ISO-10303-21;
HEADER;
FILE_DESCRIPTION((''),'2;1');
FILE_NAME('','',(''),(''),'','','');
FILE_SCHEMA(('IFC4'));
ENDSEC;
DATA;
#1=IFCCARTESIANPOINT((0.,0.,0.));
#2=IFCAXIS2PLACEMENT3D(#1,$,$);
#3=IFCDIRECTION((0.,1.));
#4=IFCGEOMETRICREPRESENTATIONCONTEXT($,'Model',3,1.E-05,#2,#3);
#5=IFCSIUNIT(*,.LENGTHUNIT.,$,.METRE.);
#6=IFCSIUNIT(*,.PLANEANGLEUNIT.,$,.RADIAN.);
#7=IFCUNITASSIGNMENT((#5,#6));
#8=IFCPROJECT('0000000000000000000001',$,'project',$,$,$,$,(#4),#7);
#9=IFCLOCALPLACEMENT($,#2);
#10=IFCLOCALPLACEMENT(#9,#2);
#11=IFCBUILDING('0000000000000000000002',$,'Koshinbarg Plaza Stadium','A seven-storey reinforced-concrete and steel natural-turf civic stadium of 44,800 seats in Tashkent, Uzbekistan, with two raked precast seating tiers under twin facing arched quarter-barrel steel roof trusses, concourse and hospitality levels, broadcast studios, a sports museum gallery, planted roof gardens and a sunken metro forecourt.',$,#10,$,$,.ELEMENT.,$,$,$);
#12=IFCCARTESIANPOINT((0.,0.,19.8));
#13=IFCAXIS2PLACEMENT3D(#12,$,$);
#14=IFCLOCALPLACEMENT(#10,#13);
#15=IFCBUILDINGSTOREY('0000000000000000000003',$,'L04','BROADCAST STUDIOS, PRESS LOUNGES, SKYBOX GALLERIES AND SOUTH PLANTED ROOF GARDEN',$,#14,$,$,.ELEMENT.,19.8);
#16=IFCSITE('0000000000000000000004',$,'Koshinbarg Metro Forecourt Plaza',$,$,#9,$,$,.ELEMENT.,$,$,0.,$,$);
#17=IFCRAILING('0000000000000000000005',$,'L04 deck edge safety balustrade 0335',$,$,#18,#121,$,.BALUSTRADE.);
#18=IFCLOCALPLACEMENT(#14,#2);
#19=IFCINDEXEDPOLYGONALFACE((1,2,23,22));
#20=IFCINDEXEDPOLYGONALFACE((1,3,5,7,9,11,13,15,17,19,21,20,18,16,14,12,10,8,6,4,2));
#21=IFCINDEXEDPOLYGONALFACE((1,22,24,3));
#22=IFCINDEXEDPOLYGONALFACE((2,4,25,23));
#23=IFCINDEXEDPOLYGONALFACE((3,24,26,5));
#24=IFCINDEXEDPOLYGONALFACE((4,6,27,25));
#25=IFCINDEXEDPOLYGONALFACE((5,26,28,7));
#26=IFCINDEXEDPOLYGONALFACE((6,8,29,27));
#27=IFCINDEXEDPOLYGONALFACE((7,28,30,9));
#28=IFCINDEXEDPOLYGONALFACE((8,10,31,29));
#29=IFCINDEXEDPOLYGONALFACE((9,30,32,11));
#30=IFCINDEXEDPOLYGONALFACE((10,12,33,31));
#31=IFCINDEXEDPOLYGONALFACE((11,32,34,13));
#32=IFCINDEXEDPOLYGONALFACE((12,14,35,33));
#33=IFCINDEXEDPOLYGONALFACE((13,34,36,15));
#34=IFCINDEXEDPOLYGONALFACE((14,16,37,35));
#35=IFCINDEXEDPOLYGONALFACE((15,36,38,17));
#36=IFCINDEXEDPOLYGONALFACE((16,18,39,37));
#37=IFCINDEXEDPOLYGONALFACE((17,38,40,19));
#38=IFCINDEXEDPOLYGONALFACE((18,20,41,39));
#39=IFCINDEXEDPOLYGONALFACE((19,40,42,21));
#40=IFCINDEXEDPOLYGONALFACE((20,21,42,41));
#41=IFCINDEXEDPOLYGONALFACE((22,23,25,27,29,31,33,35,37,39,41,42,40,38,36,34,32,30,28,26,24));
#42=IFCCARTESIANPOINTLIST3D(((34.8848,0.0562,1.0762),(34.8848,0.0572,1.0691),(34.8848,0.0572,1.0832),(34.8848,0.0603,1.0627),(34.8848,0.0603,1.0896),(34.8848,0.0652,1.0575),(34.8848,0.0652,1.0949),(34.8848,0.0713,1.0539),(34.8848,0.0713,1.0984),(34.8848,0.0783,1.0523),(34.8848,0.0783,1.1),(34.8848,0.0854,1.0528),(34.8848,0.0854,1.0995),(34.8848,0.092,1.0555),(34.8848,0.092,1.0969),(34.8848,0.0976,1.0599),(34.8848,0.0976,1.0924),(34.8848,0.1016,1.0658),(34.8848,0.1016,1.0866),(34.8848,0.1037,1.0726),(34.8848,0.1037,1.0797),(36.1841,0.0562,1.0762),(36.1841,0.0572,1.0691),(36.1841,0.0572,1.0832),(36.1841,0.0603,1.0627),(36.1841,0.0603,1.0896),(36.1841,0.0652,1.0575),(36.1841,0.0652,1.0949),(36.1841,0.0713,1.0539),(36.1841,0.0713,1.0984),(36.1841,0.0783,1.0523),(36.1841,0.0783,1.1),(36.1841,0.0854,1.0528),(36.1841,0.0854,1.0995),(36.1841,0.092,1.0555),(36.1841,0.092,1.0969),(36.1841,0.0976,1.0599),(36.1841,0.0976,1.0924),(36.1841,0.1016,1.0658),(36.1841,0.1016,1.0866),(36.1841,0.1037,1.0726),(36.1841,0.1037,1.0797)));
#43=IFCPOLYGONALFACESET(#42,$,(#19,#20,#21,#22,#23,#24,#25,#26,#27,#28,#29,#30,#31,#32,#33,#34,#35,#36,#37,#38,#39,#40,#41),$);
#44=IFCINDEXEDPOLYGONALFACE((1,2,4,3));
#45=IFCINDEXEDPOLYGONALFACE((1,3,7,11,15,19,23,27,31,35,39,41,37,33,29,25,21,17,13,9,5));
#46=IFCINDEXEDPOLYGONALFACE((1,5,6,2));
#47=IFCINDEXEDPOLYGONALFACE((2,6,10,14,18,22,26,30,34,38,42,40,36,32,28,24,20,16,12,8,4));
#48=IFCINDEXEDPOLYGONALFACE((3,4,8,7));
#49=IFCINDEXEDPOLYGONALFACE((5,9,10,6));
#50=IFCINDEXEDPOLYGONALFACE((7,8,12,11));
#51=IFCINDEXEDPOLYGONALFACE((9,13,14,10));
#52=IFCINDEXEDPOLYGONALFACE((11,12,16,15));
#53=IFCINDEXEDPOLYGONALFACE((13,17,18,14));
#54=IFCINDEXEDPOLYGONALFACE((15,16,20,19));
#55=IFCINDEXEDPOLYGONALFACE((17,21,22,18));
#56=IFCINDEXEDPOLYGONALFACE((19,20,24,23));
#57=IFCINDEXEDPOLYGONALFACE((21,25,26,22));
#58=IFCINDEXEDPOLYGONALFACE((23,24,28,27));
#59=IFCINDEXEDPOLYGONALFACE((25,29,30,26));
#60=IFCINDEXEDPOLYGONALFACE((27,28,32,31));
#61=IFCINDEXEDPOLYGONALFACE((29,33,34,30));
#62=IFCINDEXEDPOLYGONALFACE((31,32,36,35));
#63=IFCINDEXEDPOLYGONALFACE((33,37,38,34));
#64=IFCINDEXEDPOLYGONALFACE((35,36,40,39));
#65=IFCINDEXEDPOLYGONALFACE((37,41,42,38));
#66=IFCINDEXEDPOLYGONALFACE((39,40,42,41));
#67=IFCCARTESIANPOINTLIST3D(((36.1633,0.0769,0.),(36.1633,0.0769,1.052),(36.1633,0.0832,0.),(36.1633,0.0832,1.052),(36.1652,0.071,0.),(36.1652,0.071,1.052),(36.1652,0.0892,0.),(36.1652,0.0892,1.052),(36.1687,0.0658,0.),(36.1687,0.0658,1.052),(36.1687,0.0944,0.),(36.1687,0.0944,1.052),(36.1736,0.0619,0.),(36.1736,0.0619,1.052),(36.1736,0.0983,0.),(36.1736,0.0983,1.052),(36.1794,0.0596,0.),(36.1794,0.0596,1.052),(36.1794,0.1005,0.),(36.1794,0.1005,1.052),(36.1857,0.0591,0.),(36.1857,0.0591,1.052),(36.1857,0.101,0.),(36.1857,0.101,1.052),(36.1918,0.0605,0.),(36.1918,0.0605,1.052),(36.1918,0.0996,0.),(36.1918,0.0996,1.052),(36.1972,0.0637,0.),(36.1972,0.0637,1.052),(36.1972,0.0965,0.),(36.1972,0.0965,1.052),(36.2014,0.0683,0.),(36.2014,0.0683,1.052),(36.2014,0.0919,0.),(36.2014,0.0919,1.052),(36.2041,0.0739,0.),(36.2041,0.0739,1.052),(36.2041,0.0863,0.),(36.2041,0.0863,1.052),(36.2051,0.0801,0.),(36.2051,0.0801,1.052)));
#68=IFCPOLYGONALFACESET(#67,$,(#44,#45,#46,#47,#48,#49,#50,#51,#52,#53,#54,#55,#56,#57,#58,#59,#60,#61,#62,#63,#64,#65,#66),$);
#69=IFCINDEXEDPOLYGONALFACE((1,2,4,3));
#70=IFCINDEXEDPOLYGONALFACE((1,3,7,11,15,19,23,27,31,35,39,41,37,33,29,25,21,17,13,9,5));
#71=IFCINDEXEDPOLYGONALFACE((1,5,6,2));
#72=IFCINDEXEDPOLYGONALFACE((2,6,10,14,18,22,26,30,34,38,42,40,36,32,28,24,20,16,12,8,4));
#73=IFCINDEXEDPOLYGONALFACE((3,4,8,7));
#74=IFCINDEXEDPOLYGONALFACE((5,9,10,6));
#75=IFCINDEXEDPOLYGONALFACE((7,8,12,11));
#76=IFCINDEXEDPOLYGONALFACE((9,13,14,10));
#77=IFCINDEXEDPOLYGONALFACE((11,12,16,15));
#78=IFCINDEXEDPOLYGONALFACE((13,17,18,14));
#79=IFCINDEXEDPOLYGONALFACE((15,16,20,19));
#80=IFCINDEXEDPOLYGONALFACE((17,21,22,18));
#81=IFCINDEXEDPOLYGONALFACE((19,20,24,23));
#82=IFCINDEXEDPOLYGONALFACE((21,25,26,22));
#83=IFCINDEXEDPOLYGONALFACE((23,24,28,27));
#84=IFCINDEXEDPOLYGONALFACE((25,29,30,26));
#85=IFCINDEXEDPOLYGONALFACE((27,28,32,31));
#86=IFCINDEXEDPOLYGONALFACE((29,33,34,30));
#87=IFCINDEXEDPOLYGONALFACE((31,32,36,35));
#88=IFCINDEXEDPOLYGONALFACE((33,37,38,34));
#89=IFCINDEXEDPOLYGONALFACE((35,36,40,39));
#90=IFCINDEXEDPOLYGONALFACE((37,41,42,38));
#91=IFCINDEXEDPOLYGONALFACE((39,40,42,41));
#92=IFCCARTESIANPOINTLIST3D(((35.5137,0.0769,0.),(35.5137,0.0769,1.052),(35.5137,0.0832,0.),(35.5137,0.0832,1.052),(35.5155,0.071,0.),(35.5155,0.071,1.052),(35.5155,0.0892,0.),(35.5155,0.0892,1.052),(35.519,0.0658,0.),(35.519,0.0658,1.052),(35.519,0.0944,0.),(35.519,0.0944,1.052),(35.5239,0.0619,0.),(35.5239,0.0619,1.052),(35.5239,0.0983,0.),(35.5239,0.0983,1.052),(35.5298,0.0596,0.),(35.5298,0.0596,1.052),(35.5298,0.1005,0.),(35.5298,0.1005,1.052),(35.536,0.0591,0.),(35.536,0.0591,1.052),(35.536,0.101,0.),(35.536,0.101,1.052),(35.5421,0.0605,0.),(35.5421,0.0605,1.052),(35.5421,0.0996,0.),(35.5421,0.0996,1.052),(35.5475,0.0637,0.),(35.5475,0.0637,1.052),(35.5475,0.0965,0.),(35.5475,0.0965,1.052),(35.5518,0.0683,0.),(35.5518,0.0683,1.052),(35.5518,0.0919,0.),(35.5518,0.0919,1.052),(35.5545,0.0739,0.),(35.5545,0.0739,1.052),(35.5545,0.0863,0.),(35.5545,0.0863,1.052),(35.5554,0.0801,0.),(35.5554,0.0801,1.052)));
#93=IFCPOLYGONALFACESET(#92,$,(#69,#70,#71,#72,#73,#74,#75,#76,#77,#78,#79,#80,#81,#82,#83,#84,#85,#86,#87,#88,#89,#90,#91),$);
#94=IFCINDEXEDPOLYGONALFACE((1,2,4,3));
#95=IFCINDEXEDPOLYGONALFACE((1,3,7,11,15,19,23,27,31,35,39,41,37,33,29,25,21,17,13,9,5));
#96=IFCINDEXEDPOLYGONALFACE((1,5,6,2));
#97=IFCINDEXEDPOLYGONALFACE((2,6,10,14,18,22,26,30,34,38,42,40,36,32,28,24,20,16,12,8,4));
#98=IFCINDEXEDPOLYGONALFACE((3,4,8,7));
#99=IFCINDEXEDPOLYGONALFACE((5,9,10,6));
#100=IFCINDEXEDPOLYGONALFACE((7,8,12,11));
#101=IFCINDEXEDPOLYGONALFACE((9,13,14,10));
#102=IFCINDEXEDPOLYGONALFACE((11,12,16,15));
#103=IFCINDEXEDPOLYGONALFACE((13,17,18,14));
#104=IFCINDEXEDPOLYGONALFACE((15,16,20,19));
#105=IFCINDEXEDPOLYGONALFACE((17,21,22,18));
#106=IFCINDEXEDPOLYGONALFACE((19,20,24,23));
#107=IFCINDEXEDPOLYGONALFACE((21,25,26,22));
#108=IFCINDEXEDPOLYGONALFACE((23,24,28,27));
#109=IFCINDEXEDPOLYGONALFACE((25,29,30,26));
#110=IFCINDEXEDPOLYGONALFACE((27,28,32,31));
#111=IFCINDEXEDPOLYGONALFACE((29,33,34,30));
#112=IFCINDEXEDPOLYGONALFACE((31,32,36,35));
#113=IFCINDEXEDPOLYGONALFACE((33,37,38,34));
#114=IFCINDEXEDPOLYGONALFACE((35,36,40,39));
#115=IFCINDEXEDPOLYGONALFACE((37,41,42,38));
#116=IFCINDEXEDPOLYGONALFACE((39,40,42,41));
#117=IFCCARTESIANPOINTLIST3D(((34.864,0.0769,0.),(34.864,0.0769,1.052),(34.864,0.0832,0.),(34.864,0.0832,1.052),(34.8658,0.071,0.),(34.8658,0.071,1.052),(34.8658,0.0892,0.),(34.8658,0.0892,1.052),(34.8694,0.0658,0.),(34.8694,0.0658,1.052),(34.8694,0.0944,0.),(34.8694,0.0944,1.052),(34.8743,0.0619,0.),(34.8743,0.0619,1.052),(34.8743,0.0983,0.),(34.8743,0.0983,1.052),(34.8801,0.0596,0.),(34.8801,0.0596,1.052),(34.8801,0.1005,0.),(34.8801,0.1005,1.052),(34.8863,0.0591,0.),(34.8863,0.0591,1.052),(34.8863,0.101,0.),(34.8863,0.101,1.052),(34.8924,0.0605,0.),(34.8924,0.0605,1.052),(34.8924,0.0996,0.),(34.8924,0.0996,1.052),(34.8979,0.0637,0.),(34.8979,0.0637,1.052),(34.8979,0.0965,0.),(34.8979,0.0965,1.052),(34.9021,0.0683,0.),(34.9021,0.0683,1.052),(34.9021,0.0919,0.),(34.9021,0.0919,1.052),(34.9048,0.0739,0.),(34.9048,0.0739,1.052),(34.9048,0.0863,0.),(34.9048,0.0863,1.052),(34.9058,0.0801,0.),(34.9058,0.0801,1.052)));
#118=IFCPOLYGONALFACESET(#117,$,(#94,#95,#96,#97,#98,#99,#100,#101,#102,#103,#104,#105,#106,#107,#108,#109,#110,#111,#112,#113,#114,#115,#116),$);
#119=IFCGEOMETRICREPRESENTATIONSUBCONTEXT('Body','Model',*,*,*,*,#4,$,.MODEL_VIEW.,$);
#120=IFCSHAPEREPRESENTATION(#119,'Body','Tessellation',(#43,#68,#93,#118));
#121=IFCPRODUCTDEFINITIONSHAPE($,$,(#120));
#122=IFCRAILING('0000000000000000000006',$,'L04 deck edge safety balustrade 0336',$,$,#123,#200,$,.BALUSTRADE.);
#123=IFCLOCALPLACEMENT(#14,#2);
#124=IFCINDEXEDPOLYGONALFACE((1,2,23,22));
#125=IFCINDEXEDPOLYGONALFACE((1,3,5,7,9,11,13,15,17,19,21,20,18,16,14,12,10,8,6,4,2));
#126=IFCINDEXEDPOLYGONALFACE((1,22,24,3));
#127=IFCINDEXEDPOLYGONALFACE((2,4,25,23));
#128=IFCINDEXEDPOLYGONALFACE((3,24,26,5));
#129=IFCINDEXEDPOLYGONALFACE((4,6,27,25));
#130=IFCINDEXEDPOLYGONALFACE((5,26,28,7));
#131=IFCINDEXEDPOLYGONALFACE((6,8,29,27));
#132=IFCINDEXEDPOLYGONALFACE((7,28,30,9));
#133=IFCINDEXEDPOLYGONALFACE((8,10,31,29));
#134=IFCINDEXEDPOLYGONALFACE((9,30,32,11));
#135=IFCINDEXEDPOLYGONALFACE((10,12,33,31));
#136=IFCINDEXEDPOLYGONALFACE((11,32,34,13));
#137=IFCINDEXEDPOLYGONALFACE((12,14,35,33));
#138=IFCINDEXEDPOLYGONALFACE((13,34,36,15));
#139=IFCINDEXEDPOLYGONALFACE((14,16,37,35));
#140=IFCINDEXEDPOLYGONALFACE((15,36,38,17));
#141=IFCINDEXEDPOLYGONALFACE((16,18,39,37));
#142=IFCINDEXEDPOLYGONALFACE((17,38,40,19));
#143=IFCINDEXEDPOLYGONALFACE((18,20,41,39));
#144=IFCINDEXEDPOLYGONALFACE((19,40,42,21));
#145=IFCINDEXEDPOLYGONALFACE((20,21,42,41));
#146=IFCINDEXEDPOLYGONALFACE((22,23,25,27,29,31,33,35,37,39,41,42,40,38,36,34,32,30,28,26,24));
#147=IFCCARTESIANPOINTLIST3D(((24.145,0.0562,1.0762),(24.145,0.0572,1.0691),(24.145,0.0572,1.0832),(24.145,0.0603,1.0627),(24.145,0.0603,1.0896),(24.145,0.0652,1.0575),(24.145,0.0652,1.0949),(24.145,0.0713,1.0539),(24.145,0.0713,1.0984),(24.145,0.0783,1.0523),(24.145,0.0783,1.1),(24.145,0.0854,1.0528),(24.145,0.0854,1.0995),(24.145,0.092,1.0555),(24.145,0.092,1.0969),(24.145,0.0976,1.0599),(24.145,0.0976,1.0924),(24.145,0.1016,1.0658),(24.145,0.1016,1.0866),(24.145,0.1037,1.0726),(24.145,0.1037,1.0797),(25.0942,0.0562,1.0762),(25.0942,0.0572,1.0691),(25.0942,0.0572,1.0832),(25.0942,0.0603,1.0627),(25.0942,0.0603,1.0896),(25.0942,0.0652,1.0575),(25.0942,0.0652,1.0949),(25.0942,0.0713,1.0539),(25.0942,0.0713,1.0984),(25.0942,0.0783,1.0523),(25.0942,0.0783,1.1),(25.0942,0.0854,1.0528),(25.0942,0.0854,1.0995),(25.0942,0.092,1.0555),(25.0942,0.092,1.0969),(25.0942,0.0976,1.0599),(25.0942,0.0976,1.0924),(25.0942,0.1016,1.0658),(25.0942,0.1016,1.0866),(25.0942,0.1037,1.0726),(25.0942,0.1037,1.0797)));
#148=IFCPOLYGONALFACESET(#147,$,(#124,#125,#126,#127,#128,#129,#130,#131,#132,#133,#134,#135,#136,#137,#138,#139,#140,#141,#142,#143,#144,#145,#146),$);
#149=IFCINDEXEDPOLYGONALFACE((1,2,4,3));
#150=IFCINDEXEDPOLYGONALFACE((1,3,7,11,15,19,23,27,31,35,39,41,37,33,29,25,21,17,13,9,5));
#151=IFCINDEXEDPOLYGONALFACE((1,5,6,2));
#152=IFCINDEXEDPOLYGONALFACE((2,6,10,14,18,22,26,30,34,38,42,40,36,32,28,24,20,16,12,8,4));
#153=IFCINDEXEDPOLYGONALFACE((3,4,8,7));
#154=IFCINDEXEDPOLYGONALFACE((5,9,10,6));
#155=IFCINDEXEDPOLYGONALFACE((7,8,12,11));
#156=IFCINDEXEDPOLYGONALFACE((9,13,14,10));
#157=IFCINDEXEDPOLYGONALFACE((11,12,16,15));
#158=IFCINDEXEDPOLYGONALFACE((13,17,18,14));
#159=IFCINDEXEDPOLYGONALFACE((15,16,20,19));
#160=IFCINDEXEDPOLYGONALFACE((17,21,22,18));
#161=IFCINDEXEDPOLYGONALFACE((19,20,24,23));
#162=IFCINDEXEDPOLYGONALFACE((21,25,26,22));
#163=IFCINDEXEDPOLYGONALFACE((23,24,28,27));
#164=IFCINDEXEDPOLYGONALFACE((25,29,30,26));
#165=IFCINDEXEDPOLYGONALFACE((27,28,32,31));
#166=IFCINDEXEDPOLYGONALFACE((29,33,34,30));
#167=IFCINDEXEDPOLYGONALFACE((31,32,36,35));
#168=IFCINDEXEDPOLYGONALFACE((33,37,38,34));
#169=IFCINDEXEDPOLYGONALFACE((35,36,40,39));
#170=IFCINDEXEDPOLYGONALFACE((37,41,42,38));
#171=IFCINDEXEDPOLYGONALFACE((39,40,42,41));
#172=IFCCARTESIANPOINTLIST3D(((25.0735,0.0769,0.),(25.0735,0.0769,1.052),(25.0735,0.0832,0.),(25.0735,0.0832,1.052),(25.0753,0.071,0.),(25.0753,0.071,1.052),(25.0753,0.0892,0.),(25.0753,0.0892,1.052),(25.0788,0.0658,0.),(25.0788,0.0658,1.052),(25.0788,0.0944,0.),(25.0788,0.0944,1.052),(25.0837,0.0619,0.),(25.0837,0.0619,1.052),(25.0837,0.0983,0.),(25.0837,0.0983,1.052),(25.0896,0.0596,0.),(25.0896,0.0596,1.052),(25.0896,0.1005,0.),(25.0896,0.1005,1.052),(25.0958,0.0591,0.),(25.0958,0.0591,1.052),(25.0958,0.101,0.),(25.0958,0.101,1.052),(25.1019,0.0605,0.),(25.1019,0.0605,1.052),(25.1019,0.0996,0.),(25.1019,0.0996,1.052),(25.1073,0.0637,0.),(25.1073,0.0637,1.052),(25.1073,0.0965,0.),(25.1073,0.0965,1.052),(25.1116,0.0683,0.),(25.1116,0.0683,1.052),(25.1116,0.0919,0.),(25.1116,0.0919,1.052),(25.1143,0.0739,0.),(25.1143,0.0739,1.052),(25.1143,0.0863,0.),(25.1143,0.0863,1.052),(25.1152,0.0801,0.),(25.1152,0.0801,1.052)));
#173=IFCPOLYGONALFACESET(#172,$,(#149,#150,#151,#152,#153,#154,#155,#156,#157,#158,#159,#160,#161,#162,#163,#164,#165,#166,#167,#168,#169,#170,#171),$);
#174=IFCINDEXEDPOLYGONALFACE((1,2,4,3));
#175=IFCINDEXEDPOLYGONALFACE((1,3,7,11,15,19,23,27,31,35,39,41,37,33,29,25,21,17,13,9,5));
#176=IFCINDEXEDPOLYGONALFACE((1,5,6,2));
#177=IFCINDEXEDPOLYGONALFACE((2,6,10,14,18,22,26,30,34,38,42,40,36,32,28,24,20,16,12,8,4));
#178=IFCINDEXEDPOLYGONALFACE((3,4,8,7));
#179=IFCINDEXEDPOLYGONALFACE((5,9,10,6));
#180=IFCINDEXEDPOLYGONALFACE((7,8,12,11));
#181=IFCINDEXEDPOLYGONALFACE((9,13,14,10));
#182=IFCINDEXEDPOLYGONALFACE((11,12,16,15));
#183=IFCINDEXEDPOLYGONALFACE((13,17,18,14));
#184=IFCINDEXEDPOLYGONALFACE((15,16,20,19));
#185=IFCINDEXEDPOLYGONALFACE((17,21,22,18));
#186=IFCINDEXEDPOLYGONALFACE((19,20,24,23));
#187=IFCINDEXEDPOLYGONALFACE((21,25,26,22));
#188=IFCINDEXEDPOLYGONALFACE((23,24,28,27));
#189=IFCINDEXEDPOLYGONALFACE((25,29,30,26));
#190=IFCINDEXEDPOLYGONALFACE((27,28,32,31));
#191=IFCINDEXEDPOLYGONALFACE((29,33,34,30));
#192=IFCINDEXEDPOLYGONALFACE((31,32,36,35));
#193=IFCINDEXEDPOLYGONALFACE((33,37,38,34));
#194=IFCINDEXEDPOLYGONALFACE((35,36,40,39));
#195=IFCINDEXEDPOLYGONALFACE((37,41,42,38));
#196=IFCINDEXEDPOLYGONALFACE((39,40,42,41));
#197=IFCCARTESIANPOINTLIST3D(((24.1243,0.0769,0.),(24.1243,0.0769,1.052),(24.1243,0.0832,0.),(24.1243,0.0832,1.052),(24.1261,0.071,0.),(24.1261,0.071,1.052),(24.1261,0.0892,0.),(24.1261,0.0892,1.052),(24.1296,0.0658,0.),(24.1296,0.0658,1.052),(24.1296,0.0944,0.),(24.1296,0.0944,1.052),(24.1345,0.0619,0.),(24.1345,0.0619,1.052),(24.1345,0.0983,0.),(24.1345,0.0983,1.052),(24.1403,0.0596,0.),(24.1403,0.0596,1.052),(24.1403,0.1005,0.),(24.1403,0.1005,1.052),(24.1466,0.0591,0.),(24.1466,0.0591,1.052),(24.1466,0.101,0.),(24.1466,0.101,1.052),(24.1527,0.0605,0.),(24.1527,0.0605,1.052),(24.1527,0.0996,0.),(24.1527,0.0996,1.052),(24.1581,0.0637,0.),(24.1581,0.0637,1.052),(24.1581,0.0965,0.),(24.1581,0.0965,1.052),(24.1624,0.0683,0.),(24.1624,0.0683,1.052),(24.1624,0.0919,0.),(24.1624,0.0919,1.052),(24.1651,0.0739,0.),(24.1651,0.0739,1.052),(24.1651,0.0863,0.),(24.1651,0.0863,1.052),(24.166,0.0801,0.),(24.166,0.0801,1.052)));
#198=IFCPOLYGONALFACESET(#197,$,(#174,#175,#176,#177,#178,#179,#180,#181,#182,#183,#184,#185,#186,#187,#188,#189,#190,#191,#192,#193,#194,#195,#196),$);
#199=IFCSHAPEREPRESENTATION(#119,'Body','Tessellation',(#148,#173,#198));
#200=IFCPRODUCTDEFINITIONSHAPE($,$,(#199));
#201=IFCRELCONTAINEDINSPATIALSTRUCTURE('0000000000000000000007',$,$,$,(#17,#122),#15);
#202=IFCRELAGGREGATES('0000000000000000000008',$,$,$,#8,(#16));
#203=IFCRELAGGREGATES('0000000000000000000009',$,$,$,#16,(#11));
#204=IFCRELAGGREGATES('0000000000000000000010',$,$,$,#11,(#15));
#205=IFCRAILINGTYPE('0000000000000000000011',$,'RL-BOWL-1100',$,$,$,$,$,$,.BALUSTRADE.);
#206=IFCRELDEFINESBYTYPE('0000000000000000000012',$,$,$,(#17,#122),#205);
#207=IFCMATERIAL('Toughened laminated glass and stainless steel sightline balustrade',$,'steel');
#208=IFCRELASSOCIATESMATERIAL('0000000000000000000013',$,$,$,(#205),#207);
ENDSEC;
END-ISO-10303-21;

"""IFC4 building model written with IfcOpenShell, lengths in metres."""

from ifc_helpers import new_model, si_unit, direction, frame, origin, origin_2d, place, context, subcontext, project, spatial, circle, extrude, material, type_object, element, save


model = new_model("IFC4")

# Units and contexts
model_context = context("Model", 3, precision=1e-05, world=origin(), true_north=direction((0.0, 1.0)))
body_context = subcontext(model_context, "Body", "Model", "MODEL_VIEW")
ifc_project = project(units=[si_unit("LENGTHUNIT", "METRE"), si_unit("PLANEANGLEUNIT", "RADIAN")], contexts=[model_context])

# Site, building, storey
site_placement = place(None, origin())
site = spatial("IfcSite", under=ifc_project, at=site_placement, Name="Koshinbarg Metro Forecourt Plaza", CompositionType="ELEMENT", RefElevation=0.0)
building_placement = place(site_placement, origin())
building = spatial("IfcBuilding", under=site, at=building_placement, Name="Koshinbarg Plaza Stadium", Description="A seven-storey reinforced-concrete and steel natural-turf civic stadium of 44,800 seats in Tashkent, Uzbekistan, with two raked precast seating tiers under twin facing arched quarter-barrel steel roof trusses, concourse and hospitality levels, broadcast studios, a sports museum gallery, planted roof gardens and a sunken metro forecourt.", CompositionType="ELEMENT")
storey_placement = place(building_placement, frame((0.0, 0.0, 19.8)))
storey = spatial("IfcBuildingStorey", under=building, at=storey_placement, Name="L04", Description="BROADCAST STUDIOS, PRESS LOUNGES, SKYBOX GALLERIES AND SOUTH PLANTED ROOF GARDEN", CompositionType="ELEMENT", Elevation=19.8)

# Railings
ifc_material_1 = material(Name="Toughened laminated glass and stainless steel sightline balustrade", Category="steel")
railing_type = type_object("IfcRailingType", Name="RL-BOWL-1100", PredefinedType="BALUSTRADE", material=ifc_material_1)
railing_1_placement = place(storey_placement, frame((36.1841, 0.0801, 0.0)))
element("IfcRailing", 1, at=railing_1_placement, inside=storey, type_object=railing_type, Name="L04 deck edge safety balustrade 0335", PredefinedType="BALUSTRADE", context=body_context, shape_type="SweptSolid", body=[
    extrude(circle(Radius=0.0239, at=origin_2d()), frame((0.0, 0.0, 1.0762), z_axis=(-1.0, 0.0, 0.0), x_axis=(0.0, -1.0, 0.0)), (0.0, 0.0, 1.0), 1.2993),
    extrude(circle(Radius=0.021, at=origin_2d()), origin(), (0.0, 0.0, 1.0), 1.052),
    extrude(circle(Radius=0.021, at=origin_2d()), frame((-0.6497, 0.0, 0.0)), (0.0, 0.0, 1.0), 1.052),
    extrude(circle(Radius=0.021, at=origin_2d()), frame((-1.2993, 0.0, 0.0)), (0.0, 0.0, 1.0), 1.052),
])
railing_2_placement = place(storey_placement, frame((25.0942, 0.0801, 0.0)))
element("IfcRailing", 2, at=railing_2_placement, inside=storey, type_object=railing_type, Name="L04 deck edge safety balustrade 0336", PredefinedType="BALUSTRADE", context=body_context, shape_type="SweptSolid", body=[
    extrude(circle(Radius=0.0239, at=origin_2d()), frame((0.0, 0.0, 1.0762), z_axis=(-1.0, 0.0, 0.0), x_axis=(0.0, -1.0, 0.0)), (0.0, 0.0, 1.0), 0.9492),
    extrude(circle(Radius=0.021, at=origin_2d()), origin(), (0.0, 0.0, 1.0), 1.052),
    extrude(circle(Radius=0.021, at=origin_2d()), frame((-0.9492, 0.0, 0.0)), (0.0, 0.0, 1.0), 1.052),
])

save(model, "model.ifc")
